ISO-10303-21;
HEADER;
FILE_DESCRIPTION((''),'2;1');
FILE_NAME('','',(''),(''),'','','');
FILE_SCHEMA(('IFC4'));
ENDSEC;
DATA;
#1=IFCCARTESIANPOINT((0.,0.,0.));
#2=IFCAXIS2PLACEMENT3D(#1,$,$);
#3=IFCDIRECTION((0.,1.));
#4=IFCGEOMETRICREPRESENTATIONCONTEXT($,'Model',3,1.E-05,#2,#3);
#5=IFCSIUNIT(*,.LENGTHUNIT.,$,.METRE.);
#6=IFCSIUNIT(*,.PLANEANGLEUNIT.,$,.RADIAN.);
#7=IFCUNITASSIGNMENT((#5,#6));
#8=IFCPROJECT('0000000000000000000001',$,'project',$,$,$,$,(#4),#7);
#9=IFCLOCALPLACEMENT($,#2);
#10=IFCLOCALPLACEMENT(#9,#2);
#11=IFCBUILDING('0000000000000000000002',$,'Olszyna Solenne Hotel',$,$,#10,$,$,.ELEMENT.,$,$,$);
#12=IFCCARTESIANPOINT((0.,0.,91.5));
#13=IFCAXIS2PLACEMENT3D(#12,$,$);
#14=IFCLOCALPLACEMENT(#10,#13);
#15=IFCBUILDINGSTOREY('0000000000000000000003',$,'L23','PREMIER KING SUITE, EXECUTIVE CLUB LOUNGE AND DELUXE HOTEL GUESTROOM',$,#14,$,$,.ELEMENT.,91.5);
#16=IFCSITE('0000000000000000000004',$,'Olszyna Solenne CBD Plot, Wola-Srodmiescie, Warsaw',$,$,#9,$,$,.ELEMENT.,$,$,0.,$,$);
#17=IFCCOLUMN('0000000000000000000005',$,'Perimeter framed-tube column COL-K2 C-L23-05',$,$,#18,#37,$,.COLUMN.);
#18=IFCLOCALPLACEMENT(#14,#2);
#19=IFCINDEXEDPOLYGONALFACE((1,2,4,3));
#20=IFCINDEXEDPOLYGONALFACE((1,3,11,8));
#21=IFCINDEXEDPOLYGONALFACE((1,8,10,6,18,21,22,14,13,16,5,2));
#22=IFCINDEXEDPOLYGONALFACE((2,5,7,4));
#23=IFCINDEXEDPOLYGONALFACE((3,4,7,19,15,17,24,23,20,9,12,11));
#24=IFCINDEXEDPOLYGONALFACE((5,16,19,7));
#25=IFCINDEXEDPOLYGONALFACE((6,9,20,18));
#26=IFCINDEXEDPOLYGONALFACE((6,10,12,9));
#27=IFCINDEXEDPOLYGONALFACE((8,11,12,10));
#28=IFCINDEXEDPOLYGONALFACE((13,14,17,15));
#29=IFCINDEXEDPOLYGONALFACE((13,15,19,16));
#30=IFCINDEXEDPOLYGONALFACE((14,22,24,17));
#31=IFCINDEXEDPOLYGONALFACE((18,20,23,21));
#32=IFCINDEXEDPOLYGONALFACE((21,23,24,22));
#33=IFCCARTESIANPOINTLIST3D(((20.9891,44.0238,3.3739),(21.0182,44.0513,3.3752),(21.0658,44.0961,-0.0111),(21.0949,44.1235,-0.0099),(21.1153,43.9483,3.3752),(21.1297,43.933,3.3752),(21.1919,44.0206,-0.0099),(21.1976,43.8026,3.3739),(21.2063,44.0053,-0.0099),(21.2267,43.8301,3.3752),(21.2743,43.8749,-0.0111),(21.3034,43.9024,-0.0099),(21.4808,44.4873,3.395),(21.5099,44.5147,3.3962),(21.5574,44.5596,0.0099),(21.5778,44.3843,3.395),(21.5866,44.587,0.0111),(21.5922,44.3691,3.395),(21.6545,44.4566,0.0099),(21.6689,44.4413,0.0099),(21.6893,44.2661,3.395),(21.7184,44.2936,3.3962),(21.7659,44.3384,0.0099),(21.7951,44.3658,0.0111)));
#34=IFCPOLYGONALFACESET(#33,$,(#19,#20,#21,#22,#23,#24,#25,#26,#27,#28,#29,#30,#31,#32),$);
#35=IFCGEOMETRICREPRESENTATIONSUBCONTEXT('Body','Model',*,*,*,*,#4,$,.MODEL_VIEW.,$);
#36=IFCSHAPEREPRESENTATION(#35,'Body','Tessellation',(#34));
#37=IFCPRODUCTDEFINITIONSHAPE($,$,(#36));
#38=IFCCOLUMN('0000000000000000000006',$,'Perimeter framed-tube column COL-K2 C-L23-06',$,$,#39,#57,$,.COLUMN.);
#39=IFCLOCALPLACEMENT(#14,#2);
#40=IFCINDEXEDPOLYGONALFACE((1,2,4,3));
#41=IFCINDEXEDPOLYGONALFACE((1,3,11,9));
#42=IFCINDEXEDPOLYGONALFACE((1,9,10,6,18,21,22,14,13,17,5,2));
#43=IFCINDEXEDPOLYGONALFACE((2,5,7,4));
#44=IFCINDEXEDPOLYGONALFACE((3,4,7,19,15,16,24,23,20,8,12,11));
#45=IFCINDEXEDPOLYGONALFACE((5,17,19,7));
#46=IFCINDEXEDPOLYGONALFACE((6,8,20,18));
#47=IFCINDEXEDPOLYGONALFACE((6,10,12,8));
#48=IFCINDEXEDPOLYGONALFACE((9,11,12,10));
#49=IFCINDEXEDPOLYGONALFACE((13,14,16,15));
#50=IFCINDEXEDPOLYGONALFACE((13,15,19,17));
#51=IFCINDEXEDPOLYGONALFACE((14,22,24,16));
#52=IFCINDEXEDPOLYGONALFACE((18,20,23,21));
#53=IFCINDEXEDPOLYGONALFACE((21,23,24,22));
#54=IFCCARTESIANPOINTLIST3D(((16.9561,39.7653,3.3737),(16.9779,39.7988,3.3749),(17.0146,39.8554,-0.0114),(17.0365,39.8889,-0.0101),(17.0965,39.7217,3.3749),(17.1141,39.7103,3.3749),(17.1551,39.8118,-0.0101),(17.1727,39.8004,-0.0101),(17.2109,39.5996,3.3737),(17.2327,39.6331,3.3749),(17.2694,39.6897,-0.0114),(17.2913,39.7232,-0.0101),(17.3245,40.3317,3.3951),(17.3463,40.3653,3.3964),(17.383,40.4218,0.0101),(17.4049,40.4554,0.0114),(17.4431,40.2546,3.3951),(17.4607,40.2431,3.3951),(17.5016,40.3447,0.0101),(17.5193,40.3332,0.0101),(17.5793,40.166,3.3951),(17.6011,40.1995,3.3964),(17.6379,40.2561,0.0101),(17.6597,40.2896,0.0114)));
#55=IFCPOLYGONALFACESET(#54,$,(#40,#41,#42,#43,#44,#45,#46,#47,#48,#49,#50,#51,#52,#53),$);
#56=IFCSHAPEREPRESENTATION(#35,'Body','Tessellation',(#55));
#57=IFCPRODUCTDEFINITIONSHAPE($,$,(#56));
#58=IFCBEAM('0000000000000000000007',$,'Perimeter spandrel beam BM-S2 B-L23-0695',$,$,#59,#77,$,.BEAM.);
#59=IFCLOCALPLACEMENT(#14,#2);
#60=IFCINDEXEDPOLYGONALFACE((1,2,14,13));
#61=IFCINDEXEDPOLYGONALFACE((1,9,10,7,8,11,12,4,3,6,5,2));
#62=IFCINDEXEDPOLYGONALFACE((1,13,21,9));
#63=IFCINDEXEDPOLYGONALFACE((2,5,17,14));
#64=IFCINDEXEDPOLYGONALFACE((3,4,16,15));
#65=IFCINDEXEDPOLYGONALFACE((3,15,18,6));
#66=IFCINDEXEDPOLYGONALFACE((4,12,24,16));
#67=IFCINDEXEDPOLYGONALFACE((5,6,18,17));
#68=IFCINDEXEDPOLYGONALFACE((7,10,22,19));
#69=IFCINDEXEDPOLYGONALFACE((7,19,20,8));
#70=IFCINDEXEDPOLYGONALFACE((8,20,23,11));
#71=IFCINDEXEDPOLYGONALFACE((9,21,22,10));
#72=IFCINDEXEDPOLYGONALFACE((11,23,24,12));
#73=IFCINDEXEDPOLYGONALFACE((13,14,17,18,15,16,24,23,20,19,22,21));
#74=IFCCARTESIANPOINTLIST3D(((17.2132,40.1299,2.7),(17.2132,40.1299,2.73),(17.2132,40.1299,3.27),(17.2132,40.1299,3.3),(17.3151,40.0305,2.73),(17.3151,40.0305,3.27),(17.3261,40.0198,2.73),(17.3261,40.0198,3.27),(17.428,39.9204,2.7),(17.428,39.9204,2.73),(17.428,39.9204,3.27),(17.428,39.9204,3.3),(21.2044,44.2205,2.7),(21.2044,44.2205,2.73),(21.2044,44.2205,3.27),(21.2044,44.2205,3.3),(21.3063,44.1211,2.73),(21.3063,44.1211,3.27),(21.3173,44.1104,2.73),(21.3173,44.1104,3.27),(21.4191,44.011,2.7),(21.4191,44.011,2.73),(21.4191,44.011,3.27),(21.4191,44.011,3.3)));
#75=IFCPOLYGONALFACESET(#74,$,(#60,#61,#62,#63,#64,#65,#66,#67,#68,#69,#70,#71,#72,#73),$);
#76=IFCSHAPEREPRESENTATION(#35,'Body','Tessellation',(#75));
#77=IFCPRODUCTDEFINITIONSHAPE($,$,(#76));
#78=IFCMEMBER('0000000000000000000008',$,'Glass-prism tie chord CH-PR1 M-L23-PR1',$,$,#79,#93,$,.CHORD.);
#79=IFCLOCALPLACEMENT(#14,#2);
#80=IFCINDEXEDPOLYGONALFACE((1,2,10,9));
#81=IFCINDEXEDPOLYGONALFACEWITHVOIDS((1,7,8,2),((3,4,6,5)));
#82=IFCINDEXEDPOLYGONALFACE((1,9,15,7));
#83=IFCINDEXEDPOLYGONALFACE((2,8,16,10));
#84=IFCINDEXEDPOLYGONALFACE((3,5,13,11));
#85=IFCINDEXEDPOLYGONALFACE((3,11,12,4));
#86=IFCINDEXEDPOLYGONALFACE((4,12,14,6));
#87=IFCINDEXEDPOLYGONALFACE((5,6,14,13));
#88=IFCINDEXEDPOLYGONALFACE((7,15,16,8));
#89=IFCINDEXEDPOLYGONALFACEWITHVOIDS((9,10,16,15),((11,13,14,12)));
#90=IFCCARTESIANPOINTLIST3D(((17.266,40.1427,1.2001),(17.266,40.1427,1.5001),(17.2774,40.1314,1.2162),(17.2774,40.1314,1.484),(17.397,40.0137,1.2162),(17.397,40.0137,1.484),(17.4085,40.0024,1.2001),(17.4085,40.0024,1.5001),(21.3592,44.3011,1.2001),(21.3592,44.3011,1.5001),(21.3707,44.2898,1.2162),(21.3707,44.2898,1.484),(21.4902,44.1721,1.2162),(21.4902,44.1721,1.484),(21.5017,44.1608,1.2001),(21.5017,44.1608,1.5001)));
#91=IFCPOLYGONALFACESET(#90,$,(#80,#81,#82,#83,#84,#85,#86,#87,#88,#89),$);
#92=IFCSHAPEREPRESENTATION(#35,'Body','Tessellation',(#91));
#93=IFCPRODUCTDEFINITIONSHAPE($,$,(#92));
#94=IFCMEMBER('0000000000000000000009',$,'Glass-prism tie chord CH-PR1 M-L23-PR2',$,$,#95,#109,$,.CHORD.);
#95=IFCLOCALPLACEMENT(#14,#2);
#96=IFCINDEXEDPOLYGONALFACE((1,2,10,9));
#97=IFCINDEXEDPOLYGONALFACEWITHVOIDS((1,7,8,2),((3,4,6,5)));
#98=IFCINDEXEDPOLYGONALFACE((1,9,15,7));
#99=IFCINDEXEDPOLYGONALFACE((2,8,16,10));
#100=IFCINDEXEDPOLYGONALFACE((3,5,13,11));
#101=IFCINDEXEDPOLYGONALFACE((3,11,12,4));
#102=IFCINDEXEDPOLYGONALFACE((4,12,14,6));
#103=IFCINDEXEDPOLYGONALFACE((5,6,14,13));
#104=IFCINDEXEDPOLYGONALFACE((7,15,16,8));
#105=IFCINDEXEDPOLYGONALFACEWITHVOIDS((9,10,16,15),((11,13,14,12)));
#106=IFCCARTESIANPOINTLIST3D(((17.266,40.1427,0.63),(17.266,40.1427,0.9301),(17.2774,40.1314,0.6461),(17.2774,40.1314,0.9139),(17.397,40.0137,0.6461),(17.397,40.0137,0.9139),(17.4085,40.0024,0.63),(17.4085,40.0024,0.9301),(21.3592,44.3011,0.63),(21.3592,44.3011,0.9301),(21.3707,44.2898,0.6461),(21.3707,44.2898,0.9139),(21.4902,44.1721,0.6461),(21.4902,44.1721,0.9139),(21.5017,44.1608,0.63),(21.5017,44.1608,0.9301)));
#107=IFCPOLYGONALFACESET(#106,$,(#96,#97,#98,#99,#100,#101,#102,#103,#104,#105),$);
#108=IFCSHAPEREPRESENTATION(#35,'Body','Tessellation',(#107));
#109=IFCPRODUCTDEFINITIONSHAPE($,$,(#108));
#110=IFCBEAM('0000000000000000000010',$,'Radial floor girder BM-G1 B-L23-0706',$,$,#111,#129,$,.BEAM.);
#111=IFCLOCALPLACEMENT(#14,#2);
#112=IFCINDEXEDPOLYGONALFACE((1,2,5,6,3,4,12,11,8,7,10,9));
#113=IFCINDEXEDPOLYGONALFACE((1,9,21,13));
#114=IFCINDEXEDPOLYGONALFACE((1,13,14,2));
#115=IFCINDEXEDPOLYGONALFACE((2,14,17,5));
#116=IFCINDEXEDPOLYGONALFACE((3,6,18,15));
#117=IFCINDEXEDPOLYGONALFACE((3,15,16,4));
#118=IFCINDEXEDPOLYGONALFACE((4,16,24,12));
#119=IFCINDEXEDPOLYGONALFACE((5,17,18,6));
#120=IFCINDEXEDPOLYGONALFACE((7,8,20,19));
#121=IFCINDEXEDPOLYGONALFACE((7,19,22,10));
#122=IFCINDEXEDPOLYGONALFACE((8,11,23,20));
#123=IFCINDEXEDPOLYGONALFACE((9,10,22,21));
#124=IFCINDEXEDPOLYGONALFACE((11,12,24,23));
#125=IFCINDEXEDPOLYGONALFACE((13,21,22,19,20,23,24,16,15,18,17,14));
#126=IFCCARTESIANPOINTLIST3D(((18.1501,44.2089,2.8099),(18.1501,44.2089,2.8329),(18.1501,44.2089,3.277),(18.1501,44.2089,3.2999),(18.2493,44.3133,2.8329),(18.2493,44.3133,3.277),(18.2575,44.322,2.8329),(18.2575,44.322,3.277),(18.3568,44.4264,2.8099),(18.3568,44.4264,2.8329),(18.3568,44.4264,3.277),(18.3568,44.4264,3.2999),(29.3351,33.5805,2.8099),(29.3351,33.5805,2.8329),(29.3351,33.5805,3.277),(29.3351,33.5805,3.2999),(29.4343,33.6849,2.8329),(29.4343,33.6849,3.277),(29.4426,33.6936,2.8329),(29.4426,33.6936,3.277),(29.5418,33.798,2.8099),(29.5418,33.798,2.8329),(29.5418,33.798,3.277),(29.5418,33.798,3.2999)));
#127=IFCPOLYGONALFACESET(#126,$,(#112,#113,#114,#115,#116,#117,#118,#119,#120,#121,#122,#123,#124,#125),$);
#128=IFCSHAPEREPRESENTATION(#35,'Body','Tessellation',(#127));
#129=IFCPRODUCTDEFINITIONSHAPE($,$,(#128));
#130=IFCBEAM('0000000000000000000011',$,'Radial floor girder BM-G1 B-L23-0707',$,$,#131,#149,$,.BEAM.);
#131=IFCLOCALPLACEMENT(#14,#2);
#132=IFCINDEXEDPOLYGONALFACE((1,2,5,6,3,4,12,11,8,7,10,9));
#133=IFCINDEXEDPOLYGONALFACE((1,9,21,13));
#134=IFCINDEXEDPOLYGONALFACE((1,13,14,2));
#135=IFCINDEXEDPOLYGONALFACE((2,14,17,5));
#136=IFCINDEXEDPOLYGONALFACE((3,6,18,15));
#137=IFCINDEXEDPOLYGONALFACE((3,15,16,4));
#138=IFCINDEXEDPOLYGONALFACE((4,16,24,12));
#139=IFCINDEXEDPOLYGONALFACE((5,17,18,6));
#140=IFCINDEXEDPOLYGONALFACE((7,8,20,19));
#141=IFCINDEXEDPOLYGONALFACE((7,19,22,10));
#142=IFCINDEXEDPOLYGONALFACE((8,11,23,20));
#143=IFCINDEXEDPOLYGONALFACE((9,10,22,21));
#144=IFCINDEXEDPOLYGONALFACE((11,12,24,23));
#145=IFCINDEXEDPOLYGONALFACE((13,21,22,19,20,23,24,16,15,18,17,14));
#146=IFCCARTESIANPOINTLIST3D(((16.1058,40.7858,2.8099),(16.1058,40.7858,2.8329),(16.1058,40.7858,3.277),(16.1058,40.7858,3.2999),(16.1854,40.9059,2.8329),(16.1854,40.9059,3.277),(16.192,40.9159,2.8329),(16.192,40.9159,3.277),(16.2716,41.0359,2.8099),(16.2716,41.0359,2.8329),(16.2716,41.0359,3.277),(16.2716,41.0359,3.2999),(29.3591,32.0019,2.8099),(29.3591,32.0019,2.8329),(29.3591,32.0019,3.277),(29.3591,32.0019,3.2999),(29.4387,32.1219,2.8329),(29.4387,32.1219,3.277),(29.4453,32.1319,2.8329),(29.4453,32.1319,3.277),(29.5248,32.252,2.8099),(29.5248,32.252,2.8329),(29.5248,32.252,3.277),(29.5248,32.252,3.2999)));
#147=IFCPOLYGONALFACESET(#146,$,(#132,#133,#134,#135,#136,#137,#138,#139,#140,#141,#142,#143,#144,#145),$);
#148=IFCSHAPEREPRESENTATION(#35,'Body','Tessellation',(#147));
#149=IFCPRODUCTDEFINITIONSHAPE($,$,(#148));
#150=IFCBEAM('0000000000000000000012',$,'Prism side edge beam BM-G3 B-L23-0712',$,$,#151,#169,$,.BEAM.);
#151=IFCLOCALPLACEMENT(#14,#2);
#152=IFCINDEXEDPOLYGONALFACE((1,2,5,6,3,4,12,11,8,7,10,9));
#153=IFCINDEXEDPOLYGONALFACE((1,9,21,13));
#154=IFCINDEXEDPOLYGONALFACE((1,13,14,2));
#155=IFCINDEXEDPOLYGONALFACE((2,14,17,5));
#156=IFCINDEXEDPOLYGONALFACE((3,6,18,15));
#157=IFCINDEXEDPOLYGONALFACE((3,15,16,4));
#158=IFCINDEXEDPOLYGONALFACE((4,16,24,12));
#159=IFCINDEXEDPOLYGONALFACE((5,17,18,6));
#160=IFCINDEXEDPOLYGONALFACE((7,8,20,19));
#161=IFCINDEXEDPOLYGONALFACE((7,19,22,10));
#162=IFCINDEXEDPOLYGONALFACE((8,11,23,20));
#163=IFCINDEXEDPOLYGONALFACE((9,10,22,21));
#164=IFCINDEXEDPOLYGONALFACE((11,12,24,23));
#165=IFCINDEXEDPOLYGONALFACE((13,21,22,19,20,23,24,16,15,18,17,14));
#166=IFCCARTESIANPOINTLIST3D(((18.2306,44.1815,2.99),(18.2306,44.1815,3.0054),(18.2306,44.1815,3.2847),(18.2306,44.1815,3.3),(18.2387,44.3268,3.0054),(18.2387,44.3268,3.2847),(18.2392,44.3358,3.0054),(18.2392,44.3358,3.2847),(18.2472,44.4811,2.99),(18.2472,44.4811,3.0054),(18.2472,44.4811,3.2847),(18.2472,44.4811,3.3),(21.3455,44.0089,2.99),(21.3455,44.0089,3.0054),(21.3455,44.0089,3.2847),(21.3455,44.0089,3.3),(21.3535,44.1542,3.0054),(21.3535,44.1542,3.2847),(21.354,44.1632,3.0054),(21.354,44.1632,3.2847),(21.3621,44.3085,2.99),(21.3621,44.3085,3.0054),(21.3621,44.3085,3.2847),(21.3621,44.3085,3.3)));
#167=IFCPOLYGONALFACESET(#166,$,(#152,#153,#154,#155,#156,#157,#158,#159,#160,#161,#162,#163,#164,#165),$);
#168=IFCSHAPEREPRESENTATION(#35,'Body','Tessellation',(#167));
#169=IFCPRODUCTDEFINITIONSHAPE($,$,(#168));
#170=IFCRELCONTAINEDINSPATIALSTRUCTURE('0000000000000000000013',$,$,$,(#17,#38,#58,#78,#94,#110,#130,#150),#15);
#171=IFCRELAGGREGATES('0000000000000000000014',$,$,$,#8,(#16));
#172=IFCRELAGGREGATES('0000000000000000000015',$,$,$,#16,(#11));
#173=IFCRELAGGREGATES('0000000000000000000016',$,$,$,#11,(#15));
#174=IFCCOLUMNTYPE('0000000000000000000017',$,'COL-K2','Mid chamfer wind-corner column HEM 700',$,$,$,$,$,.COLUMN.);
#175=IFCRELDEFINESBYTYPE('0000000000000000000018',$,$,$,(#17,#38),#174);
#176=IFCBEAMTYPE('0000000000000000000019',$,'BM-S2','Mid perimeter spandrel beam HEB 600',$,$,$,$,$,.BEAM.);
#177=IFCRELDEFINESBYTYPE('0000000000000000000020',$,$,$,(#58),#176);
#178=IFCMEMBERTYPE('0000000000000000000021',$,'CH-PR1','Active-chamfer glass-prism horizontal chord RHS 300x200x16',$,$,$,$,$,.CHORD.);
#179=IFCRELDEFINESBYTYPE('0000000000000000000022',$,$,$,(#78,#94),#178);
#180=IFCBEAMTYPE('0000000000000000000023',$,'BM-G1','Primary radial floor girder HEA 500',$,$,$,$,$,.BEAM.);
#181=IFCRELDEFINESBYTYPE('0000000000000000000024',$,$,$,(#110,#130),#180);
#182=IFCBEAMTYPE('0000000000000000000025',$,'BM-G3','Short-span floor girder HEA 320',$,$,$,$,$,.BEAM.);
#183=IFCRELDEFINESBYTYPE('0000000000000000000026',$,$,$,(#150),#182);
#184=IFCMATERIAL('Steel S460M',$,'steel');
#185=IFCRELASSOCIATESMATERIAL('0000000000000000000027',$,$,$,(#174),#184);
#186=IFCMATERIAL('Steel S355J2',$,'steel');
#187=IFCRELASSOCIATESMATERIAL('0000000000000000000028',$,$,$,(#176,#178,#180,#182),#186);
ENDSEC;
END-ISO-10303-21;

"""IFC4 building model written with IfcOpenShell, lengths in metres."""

from ifc_helpers import new_model, si_unit, direction, frame, origin, origin_2d, place, context, subcontext, project, spatial, hollow_rectangle, i_section, extrude, source, transform, mapped, material, material_profile, profile_set, type_object, element, save


model = new_model("IFC4")

# Units and contexts
model_context = context("Model", 3, precision=1e-05, world=origin(), true_north=direction((0.0, 1.0)))
body_context = subcontext(model_context, "Body", "Model", "MODEL_VIEW")
ifc_project = project(units=[si_unit("LENGTHUNIT", "METRE"), si_unit("PLANEANGLEUNIT", "RADIAN")], contexts=[model_context])

# Site, building, storey
site_placement = place(None, origin())
site = spatial("IfcSite", under=ifc_project, at=site_placement, Name="Olszyna Solenne CBD Plot, Wola-Srodmiescie, Warsaw", CompositionType="ELEMENT", RefElevation=0.0)
building_placement = place(site_placement, origin())
building = spatial("IfcBuilding", under=site, at=building_placement, Name="Olszyna Solenne Hotel", CompositionType="ELEMENT")
storey_placement = place(building_placement, frame((0.0, 0.0, 91.5)))
storey = spatial("IfcBuildingStorey", under=building, at=storey_placement, Name="L23", Description="PREMIER KING SUITE, EXECUTIVE CLUB LOUNGE AND DELUXE HOTEL GUESTROOM", CompositionType="ELEMENT", Elevation=91.5)

# Columns
ifc_material_1 = material(Name="Steel S460M", Category="steel")
ifc_material_profile_1 = material_profile(ifc_material_1, i_section(OverallWidth=0.304, OverallDepth=0.7161, WebThickness=0.021, FlangeThickness=0.04, at=origin_2d()), Name="HEM 700", Category="load-bearing")
ifc_profile_set_1 = profile_set([ifc_material_profile_1], Name="Steel S460M")
column_type = type_object("IfcColumnType", Name="COL-K2", Description="Mid chamfer wind-corner column HEM 700", PredefinedType="COLUMN", material=ifc_profile_set_1)
shared_shape_1 = source(origin(), body_context, "Body", "SweptSolid", [
    extrude(i_section(OverallWidth=0.304, OverallDepth=0.7161, WebThickness=0.021, FlangeThickness=0.04, at=origin_2d()), origin(), (0.0, 0.0, 1.0), 3.3867),
])
for number, where, z_axis, x_axis, name in (
    (1, (21.4304, 44.231, 0.0), (-0.022636, -0.021338, 0.999516), (0.685943, -0.727655, 0.0), "Perimeter framed-tube column COL-K2 C-L23-05"),
    (2, (17.3372, 40.0725, 0.0), (-0.017301, -0.0266, 0.999496), (0.838288, -0.545228, 0.0), "Perimeter framed-tube column COL-K2 C-L23-06"),
):
    element("IfcColumn", number, at=place(storey_placement, frame(where, z_axis=z_axis, x_axis=x_axis)), inside=storey, type_object=column_type, Name=name, PredefinedType="COLUMN", context=body_context, shape_type="MappedRepresentation", body=[
        mapped(shared_shape_1, transform((0.0, 0.0, 0.0), x_axis=(1.0, 0.0, 0.0), y_axis=(0.0, 1.0, 0.0), z_axis=(0.0, 0.0, 1.0), scale=1.0)),
    ])

# Beam
ifc_material_2 = material(Name="Steel S355J2", Category="steel")
ifc_material_profile_2 = material_profile(ifc_material_2, i_section(OverallWidth=0.3, OverallDepth=0.6001, WebThickness=0.0154, FlangeThickness=0.03, at=origin_2d()), Name="HEB 600", Category="load-bearing")
ifc_profile_set_2 = profile_set([ifc_material_profile_2], Name="Steel S355J2")
beam_type_1 = type_object("IfcBeamType", Name="BM-S2", Description="Mid perimeter spandrel beam HEB 600", PredefinedType="BEAM", material=ifc_profile_set_2)
shared_shape_2 = source(origin(), body_context, "Body", "SweptSolid", [
    extrude(i_section(OverallWidth=0.3, OverallDepth=0.6001, WebThickness=0.0154, FlangeThickness=0.03, at=origin_2d()), origin(), (0.0, 0.0, 1.0), 5.7151),
])
beam_1_placement = place(storey_placement, frame((21.3118, 44.1157, 3.0), z_axis=(-0.69836, -0.715747, 0.0), x_axis=(0.715747, -0.69836, 0.0)))
element("IfcBeam", 3, at=beam_1_placement, inside=storey, type_object=beam_type_1, Name="Perimeter spandrel beam BM-S2 B-L23-0695", PredefinedType="BEAM", context=body_context, shape_type="MappedRepresentation", body=[
    mapped(shared_shape_2, transform((0.0, 0.0, 0.0), x_axis=(1.0, 0.0, 0.0), y_axis=(0.0, 1.0, 0.0), z_axis=(0.0, 0.0, 1.0), scale=1.0)),
])

# Members
ifc_material_profile_3 = material_profile(ifc_material_2, hollow_rectangle(XDim=0.2, YDim=0.3, WallThickness=0.0161, at=origin_2d()), Name="RHS 300x200x16", Category="load-bearing")
ifc_profile_set_3 = profile_set([ifc_material_profile_3], Name="Steel S355J2")
member_type_1 = type_object("IfcMemberType", Name="CH-PR1", Description="Active-chamfer glass-prism horizontal chord RHS 300x200x16", PredefinedType="CHORD", material=ifc_profile_set_3)
shared_shape_3 = source(origin(), body_context, "Body", "SweptSolid", [
    extrude(hollow_rectangle(XDim=0.2, YDim=0.3, WallThickness=0.0161, at=origin_2d()), origin(), (0.0, 0.0, 1.0), 5.835),
])
for number, where, z_axis, x_axis, name in (
    (4, (21.4304, 44.231, 1.3501), (-0.701499, -0.71267, 0.0), (0.71267, -0.701499, 0.0), "Glass-prism tie chord CH-PR1 M-L23-PR1"),
    (5, (21.4304, 44.231, 0.78), (-0.701499, -0.71267, 0.0), (0.71267, -0.701499, 0.0), "Glass-prism tie chord CH-PR1 M-L23-PR2"),
):
    element("IfcMember", number, at=place(storey_placement, frame(where, z_axis=z_axis, x_axis=x_axis)), inside=storey, type_object=member_type_1, Name=name, PredefinedType="CHORD", context=body_context, shape_type="MappedRepresentation", body=[
        mapped(shared_shape_3, transform((0.0, 0.0, 0.0), x_axis=(1.0, 0.0, 0.0), y_axis=(0.0, 1.0, 0.0), z_axis=(0.0, 0.0, 1.0), scale=1.0)),
    ])

# Beams
ifc_material_profile_4 = material_profile(ifc_material_2, i_section(OverallWidth=0.3, OverallDepth=0.49, WebThickness=0.012, FlangeThickness=0.0229, at=origin_2d()), Name="HEA 500", Category="load-bearing")
ifc_profile_set_4 = profile_set([ifc_material_profile_4], Name="Steel S355J2")
beam_type_2 = type_object("IfcBeamType", Name="BM-G1", Description="Primary radial floor girder HEA 500", PredefinedType="BEAM", material=ifc_profile_set_4)
shared_shape_4 = source(origin(), body_context, "Body", "SweptSolid", [
    extrude(i_section(OverallWidth=0.3, OverallDepth=0.49, WebThickness=0.012, FlangeThickness=0.0229, at=origin_2d()), origin(), (0.0, 0.0, 1.0), 15.4294),
])
beam_2_placement = place(storey_placement, frame((18.2534, 44.3176, 3.0549), z_axis=(0.724915, -0.688838, 0.0), x_axis=(0.688838, 0.724915, 0.0)))
element("IfcBeam", 6, at=beam_2_placement, inside=storey, type_object=beam_type_2, Name="Radial floor girder BM-G1 B-L23-0706", PredefinedType="BEAM", context=body_context, shape_type="MappedRepresentation", body=[
    mapped(shared_shape_4, transform((0.0, 0.0, 0.0), x_axis=(1.0, 0.0, 0.0), y_axis=(0.0, 1.0, 0.0), z_axis=(0.0, 0.0, 1.0), scale=1.0)),
])
shared_shape_5 = source(origin(), body_context, "Body", "SweptSolid", [
    extrude(i_section(OverallWidth=0.3, OverallDepth=0.49, WebThickness=0.012, FlangeThickness=0.0229, at=origin_2d()), origin(), (0.0, 0.0, 1.0), 15.8999),
])
beam_3_placement = place(storey_placement, frame((16.1887, 40.9109, 3.0549), z_axis=(0.833543, -0.552455, 0.0), x_axis=(0.552455, 0.833543, 0.0)))
element("IfcBeam", 7, at=beam_3_placement, inside=storey, type_object=beam_type_2, Name="Radial floor girder BM-G1 B-L23-0707", PredefinedType="BEAM", context=body_context, shape_type="MappedRepresentation", body=[
    mapped(shared_shape_5, transform((0.0, 0.0, 0.0), x_axis=(1.0, 0.0, 0.0), y_axis=(0.0, 1.0, 0.0), z_axis=(0.0, 0.0, 1.0), scale=1.0)),
])
ifc_material_profile_5 = material_profile(ifc_material_2, i_section(OverallWidth=0.3, OverallDepth=0.3101, WebThickness=0.009, FlangeThickness=0.0154, at=origin_2d()), Name="HEA 320", Category="load-bearing")
ifc_profile_set_5 = profile_set([ifc_material_profile_5], Name="Steel S355J2")
beam_type_3 = type_object("IfcBeamType", Name="BM-G3", Description="Short-span floor girder HEA 320", PredefinedType="BEAM", material=ifc_profile_set_5)
shared_shape_6 = source(origin(), body_context, "Body", "SweptSolid", [
    extrude(i_section(OverallWidth=0.3, OverallDepth=0.3101, WebThickness=0.009, FlangeThickness=0.0154, at=origin_2d()), origin(), (0.0, 0.0, 1.0), 3.1196),
])
beam_4_placement = place(storey_placement, frame((21.3538, 44.1587, 3.145), z_axis=(-0.998468, 0.055331, 0.0), x_axis=(-0.055331, -0.998468, 0.0)))
element("IfcBeam", 8, at=beam_4_placement, inside=storey, type_object=beam_type_3, Name="Prism side edge beam BM-G3 B-L23-0712", PredefinedType="BEAM", context=body_context, shape_type="MappedRepresentation", body=[
    mapped(shared_shape_6, transform((0.0, 0.0, 0.0), x_axis=(1.0, 0.0, 0.0), y_axis=(0.0, 1.0, 0.0), z_axis=(0.0, 0.0, 1.0), scale=1.0)),
])

save(model, "model.ifc")
